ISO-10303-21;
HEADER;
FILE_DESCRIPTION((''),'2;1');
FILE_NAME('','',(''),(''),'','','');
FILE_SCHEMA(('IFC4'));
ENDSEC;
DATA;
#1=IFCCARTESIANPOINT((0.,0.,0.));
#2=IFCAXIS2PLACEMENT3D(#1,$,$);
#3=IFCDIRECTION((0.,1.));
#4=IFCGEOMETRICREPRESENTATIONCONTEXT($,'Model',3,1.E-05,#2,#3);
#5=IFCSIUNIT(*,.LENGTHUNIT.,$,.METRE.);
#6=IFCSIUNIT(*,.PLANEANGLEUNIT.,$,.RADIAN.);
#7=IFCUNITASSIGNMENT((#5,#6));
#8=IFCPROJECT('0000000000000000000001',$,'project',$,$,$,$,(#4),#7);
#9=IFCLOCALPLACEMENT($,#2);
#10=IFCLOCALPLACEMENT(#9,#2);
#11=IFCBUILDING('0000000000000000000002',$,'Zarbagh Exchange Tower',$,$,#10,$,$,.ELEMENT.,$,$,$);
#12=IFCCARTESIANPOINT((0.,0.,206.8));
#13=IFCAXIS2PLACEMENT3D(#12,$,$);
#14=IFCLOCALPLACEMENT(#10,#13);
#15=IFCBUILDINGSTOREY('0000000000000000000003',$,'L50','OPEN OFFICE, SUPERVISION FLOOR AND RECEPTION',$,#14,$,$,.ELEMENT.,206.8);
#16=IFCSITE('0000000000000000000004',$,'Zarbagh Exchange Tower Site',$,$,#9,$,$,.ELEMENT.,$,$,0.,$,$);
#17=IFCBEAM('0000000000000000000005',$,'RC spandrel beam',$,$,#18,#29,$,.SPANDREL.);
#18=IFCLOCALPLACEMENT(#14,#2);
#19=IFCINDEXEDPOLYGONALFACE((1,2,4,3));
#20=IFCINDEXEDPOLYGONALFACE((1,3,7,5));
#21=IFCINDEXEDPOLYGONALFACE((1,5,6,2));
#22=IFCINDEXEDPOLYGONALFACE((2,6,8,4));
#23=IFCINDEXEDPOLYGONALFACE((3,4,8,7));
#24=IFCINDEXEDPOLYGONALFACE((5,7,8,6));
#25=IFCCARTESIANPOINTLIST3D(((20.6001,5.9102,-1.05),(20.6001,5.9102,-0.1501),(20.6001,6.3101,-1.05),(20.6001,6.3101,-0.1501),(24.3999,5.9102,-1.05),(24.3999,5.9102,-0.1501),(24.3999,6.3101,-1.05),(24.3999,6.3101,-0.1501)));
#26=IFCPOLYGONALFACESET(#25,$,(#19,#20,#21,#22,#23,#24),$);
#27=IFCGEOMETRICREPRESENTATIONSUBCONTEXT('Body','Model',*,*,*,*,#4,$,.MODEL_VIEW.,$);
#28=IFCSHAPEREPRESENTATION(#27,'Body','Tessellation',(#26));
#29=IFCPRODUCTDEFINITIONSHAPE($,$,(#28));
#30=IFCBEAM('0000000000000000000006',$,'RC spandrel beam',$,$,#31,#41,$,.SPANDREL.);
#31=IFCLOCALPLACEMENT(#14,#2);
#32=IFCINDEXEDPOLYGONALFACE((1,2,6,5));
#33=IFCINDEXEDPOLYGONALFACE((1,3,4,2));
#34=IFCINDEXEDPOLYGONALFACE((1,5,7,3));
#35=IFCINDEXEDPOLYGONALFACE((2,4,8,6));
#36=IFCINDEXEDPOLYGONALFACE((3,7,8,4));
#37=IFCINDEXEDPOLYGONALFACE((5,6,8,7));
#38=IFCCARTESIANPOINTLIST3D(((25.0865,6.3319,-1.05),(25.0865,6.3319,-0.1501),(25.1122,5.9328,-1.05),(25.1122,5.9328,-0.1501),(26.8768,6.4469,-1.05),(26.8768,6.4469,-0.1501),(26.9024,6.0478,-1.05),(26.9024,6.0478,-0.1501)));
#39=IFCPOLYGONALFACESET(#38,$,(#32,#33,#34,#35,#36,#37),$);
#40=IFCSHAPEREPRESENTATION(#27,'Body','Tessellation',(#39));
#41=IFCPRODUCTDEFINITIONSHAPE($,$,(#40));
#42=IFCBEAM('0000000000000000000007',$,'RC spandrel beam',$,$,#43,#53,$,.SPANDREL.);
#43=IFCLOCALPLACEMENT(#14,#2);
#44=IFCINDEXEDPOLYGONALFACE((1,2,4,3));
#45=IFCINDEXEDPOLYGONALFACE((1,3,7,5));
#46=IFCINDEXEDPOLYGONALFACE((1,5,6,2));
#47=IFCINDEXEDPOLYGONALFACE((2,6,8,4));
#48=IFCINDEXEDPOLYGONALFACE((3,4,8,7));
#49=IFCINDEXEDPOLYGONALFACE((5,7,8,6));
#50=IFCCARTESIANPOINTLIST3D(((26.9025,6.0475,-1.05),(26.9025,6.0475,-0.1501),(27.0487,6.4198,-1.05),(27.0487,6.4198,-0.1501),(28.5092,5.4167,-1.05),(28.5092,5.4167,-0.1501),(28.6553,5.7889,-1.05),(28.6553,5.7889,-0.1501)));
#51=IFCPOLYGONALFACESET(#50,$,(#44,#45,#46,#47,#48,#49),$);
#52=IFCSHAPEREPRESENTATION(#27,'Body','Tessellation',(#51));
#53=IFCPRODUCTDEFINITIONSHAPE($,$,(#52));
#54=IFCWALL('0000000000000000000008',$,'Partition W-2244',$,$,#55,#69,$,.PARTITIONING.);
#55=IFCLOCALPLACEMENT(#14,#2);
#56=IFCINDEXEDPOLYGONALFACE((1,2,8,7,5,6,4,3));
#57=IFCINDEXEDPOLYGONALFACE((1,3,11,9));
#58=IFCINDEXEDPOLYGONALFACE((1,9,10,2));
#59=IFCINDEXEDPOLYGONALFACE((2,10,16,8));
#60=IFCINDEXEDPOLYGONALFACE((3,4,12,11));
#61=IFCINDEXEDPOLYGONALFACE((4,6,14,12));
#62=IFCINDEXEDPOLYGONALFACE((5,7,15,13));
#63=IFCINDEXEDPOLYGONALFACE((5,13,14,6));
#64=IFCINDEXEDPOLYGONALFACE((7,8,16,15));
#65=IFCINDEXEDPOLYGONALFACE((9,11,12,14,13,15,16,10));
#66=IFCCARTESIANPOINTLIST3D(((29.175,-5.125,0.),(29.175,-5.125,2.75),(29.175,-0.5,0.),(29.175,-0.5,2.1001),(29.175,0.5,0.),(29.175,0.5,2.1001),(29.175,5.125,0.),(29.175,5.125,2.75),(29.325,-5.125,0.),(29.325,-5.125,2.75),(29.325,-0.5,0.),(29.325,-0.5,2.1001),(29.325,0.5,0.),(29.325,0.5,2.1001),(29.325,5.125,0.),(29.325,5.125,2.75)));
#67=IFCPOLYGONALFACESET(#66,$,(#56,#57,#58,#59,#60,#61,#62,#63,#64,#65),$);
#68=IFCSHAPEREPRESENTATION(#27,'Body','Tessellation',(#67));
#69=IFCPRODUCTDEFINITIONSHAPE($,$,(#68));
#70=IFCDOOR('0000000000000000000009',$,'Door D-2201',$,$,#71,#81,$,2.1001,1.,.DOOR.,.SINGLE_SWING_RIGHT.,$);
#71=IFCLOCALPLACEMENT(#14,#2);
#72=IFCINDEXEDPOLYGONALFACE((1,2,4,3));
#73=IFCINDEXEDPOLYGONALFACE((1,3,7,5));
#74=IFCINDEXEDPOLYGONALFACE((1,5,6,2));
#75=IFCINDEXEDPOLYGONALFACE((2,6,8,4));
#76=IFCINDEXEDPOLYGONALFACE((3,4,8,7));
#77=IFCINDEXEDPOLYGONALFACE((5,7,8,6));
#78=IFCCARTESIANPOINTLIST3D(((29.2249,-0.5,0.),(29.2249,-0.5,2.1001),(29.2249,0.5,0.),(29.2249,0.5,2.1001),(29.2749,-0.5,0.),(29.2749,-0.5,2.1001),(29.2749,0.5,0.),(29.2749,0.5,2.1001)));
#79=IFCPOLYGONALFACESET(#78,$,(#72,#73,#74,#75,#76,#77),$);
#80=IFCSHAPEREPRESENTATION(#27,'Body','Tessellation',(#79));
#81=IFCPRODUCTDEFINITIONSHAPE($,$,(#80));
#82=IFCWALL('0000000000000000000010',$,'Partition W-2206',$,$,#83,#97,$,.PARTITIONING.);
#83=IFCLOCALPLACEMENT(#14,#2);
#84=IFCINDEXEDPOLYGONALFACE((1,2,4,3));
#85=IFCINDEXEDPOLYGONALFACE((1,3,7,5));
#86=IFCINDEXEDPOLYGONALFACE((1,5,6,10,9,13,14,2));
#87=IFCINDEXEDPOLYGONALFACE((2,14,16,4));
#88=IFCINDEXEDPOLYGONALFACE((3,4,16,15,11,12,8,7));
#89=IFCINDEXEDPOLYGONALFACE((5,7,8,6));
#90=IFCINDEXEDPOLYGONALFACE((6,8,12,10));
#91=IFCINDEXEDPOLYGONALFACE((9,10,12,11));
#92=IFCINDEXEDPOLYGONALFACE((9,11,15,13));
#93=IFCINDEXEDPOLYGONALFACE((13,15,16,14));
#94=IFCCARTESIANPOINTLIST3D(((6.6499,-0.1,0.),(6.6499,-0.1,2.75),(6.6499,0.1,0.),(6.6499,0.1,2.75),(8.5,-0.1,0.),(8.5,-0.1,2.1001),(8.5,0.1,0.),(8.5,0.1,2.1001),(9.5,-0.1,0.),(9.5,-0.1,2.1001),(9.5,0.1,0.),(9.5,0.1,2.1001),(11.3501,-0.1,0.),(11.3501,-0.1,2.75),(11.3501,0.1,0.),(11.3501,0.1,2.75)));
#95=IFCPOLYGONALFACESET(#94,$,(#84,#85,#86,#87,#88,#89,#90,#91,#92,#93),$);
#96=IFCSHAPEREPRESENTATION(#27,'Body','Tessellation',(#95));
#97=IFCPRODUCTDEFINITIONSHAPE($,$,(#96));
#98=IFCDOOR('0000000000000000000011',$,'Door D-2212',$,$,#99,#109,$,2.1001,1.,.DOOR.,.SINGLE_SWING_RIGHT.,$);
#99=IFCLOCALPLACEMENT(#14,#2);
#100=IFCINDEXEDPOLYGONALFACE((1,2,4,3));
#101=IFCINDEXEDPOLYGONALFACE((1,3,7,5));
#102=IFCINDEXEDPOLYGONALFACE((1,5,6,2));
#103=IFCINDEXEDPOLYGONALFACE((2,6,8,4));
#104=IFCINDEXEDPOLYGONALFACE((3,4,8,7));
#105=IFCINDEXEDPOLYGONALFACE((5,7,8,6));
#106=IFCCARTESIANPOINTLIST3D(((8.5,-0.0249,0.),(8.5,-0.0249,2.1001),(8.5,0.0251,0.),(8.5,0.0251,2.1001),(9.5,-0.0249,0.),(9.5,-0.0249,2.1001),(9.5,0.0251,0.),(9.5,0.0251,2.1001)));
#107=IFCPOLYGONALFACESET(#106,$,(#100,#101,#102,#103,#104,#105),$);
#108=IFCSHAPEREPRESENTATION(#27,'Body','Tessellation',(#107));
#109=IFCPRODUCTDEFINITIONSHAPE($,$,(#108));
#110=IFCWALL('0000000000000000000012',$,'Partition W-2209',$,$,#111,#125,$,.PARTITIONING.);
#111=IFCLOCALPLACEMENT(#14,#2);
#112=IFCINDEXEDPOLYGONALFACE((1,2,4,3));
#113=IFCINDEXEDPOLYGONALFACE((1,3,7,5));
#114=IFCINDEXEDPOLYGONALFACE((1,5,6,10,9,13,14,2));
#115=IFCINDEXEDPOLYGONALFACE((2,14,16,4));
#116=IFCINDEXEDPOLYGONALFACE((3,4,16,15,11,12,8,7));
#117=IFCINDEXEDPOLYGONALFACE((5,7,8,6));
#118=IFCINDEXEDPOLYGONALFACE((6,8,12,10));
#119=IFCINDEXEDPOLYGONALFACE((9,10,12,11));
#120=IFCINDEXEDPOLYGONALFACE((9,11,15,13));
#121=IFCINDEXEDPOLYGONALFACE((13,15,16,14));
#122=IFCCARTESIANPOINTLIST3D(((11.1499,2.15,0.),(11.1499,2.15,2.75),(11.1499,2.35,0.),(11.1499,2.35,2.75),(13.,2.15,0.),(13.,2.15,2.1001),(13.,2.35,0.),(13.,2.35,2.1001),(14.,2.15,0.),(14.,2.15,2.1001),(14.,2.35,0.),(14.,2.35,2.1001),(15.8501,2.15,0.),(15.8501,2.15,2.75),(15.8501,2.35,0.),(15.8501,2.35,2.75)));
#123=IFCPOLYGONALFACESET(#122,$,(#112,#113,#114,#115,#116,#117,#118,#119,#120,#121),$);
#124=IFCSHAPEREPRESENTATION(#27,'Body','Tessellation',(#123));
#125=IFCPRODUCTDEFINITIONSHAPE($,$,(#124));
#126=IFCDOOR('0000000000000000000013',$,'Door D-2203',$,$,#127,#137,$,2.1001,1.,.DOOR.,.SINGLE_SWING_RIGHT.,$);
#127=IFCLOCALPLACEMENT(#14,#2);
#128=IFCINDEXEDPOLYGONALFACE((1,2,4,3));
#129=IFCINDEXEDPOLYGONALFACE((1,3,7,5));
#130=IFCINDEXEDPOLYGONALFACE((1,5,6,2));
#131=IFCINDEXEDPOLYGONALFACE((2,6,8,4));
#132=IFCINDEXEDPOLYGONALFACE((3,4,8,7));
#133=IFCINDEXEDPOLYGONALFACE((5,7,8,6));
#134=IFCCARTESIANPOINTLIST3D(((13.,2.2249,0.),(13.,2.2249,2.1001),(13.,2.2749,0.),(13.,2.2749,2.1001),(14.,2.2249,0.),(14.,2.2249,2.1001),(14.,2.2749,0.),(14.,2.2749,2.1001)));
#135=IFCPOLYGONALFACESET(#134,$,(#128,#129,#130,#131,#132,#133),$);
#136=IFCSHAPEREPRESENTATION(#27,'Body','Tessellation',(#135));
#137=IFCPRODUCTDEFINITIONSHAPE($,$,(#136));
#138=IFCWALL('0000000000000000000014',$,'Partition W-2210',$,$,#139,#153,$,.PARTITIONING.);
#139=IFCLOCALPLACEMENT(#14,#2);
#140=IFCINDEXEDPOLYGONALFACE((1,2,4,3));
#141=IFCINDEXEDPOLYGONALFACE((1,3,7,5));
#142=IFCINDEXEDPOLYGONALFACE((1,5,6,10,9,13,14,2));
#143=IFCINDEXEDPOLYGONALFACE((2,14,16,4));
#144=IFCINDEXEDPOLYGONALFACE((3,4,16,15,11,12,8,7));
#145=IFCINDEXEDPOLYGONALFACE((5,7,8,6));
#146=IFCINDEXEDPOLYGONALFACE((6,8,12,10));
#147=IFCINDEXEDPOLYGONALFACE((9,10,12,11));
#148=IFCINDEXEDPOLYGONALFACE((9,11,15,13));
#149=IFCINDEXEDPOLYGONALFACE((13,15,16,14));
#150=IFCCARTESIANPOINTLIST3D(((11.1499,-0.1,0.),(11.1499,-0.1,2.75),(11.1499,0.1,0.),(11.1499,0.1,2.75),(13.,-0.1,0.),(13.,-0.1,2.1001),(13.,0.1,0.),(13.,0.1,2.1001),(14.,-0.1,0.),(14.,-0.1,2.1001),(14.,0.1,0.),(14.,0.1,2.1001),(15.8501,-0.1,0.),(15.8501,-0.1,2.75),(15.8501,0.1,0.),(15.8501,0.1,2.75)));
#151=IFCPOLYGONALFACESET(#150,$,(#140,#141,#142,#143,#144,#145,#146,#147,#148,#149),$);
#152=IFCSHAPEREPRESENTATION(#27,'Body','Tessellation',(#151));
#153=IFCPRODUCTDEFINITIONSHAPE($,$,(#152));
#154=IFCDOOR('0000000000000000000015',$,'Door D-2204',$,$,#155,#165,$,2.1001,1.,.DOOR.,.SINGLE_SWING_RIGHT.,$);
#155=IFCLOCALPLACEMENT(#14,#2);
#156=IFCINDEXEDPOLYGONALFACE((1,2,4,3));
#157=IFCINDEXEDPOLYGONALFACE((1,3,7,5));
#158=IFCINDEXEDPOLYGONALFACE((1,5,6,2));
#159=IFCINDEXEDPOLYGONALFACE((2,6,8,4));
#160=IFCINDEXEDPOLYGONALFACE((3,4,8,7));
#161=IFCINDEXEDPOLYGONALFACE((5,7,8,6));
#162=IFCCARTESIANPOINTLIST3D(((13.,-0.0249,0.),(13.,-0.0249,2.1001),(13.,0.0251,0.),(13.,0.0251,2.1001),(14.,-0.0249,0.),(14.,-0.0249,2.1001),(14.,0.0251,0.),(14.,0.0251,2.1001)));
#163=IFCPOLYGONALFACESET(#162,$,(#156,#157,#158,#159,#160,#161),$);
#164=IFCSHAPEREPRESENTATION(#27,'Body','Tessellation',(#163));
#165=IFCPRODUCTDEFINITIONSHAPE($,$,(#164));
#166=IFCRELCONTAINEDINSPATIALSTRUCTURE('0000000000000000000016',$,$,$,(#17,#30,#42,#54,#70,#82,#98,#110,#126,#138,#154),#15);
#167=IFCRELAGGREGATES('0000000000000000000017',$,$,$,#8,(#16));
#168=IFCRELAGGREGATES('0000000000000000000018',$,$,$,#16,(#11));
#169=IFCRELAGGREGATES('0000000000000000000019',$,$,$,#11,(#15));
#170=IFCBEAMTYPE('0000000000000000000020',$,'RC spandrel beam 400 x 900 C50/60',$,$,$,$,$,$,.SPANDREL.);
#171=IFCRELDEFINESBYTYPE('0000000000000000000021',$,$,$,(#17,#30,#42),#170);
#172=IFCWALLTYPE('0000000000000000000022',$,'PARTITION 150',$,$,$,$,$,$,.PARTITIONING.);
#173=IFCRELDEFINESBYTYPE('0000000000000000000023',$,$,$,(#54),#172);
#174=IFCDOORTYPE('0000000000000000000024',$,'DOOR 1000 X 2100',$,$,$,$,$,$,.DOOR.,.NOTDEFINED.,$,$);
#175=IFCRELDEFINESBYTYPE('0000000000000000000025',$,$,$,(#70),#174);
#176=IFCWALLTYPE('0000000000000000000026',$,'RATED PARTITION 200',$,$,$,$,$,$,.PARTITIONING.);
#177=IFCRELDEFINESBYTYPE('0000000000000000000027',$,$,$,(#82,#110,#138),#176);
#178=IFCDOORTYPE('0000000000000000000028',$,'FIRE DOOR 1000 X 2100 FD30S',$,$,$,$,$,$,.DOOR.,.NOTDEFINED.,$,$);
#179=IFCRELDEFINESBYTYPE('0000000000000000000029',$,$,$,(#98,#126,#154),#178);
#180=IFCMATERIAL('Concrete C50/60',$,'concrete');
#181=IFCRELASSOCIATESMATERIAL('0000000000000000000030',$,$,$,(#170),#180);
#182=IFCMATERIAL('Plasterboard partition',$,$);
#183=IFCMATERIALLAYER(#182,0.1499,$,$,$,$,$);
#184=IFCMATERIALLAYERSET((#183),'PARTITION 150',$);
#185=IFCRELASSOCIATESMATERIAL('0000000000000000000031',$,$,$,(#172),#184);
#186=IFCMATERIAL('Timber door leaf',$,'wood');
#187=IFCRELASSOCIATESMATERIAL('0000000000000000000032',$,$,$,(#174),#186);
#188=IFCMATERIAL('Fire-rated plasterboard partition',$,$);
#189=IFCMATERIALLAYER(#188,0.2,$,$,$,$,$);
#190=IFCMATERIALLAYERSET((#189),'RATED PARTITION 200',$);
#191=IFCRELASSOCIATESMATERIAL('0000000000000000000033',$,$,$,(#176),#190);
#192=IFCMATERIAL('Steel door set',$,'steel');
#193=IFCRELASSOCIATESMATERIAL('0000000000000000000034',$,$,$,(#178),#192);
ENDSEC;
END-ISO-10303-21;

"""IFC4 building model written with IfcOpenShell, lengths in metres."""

from ifc_helpers import new_model, si_unit, direction, frame, frame_2d, origin, origin_2d, place, context, subcontext, project, spatial, rectangle, extrude, material, layer, layer_set, material_profile, profile_set, type_object, element, fill, save


model = new_model("IFC4")

# Units and contexts
model_context = context("Model", 3, precision=1e-05, world=origin(), true_north=direction((0.0, 1.0)))
body_context = subcontext(model_context, "Body", "Model", "MODEL_VIEW")
ifc_project = project(units=[si_unit("LENGTHUNIT", "METRE"), si_unit("PLANEANGLEUNIT", "RADIAN")], contexts=[model_context])

# Site, building, storey
site_placement = place(None, origin())
site = spatial("IfcSite", under=ifc_project, at=site_placement, Name="Zarbagh Exchange Tower Site", CompositionType="ELEMENT", RefElevation=0.0)
building_placement = place(site_placement, origin())
building = spatial("IfcBuilding", under=site, at=building_placement, Name="Zarbagh Exchange Tower", CompositionType="ELEMENT")
storey_placement = place(building_placement, frame((0.0, 0.0, 206.8)))
storey = spatial("IfcBuildingStorey", under=building, at=storey_placement, Name="L50", Description="OPEN OFFICE, SUPERVISION FLOOR AND RECEPTION", CompositionType="ELEMENT", Elevation=206.8)

# Shared definitions
ifc_material_1 = material(Name="Concrete C50/60", Category="concrete")

# Beams
ifc_material_profile_1 = material_profile(ifc_material_1, rectangle(XDim=0.3999, YDim=0.8999, at=origin_2d()), Name="RC spandrel beam 400 x 900 C50/60")
ifc_profile_set_1 = profile_set([ifc_material_profile_1], Name="Concrete C50/60")
beam_type_1 = type_object("IfcBeamType", Name="RC spandrel beam 400 x 900 C50/60", PredefinedType="SPANDREL", material=ifc_profile_set_1)
beam_1_placement = place(storey_placement, frame((20.6001, 6.1101, -0.6001), z_axis=(1.0, 0.0, 0.0), x_axis=(0.0, 1.0, 0.0)))
element("IfcBeam", 1, at=beam_1_placement, inside=storey, type_object=beam_type_1, Name="RC spandrel beam", PredefinedType="SPANDREL", context=body_context, shape_type="SweptSolid", body=[
    extrude(rectangle(XDim=0.3999, YDim=0.8999, at=origin_2d()), origin(), (0.0, 0.0, 1.0), 3.7998),
])
beam_2_placement = place(storey_placement, frame((25.0994, 6.1323, -0.6001), z_axis=(0.997944, 0.064098, 0.0), x_axis=(-0.064098, 0.997944, 0.0)))
element("IfcBeam", 2, at=beam_2_placement, inside=storey, type_object=beam_type_1, Name="RC spandrel beam", PredefinedType="SPANDREL", context=body_context, shape_type="SweptSolid", body=[
    extrude(rectangle(XDim=0.3999, YDim=0.8999, at=origin_2d()), origin(), (0.0, 0.0, 1.0), 1.7939),
])
beam_3_placement = place(storey_placement, frame((26.9756, 6.2336, -0.6001), z_axis=(0.930819, -0.365482, 0.0), x_axis=(0.365482, 0.930819, 0.0)))
element("IfcBeam", 3, at=beam_3_placement, inside=storey, type_object=beam_type_1, Name="RC spandrel beam", PredefinedType="SPANDREL", context=body_context, shape_type="SweptSolid", body=[
    extrude(rectangle(XDim=0.3999, YDim=0.8999, at=origin_2d()), origin(), (0.0, 0.0, 1.0), 1.7261),
])

# Walls, openings, doors
ifc_material_2 = material(Name="Plasterboard partition")
ifc_layer_1 = layer(ifc_material_2, 0.1499)
ifc_layer_set_1 = layer_set([ifc_layer_1], Name="PARTITION 150")
wall_type_1 = type_object("IfcWallType", Name="PARTITION 150", PredefinedType="PARTITIONING", material=ifc_layer_set_1)
wall_1_placement = place(storey_placement, frame((29.25, 5.125, 0.0), z_axis=(0.0, 0.0, 1.0), x_axis=(0.0, -1.0, 0.0)))
wall_1 = element("IfcWall", 4, at=wall_1_placement, inside=storey, type_object=wall_type_1, Name="Partition W-2244", PredefinedType="PARTITIONING", context=body_context, shape_type="SweptSolid", body=[
    extrude(rectangle(XDim=10.25, YDim=0.1499, at=frame_2d((5.125, 0.0))), origin(), (0.0, 0.0, 1.0), 2.75),
])
opening_1_placement = place(wall_1_placement, frame((4.625, 0.0, 0.0)))
opening_1 = element("IfcOpeningElement", 5, at=opening_1_placement, cuts=wall_1, PredefinedType="OPENING", context=body_context, shape_type="SweptSolid", body=[
    extrude(rectangle(XDim=1.0, YDim=2.1001, at=frame_2d((0.5, 1.05))), frame((0.0, 0.085, 0.0), z_axis=(0.0, -1.0, 0.0), x_axis=(1.0, 0.0, 0.0)), (0.0, 0.0, 1.0), 0.1699),
])
ifc_material_3 = material(Name="Timber door leaf", Category="wood")
door_type_1 = type_object("IfcDoorType", Name="DOOR 1000 X 2100", OperationType="NOTDEFINED", PredefinedType="DOOR", material=ifc_material_3)
door_1_placement = place(opening_1_placement, origin())
door_1 = element("IfcDoor", 6, at=door_1_placement, inside=storey, type_object=door_type_1, Name="Door D-2201", OperationType="SINGLE_SWING_RIGHT", OverallHeight=2.1001, OverallWidth=1.0, PredefinedType="DOOR", context=body_context, shape_type="SweptSolid", body=[
    extrude(rectangle(XDim=1.0, YDim=2.1001, at=frame_2d((0.5, 1.05))), frame((0.0, 0.0249, 0.0), z_axis=(0.0, -1.0, 0.0), x_axis=(1.0, 0.0, 0.0)), (0.0, 0.0, 1.0), 0.05),
])
fill(opening_1, door_1)
ifc_material_4 = material(Name="Fire-rated plasterboard partition")
ifc_layer_2 = layer(ifc_material_4, 0.2)
ifc_layer_set_2 = layer_set([ifc_layer_2], Name="RATED PARTITION 200")
wall_type_2 = type_object("IfcWallType", Name="RATED PARTITION 200", PredefinedType="PARTITIONING", material=ifc_layer_set_2)
wall_2_placement = place(storey_placement, frame((11.3501, 0.0, 0.0), z_axis=(0.0, 0.0, 1.0), x_axis=(-1.0, 0.0, 0.0)))
wall_2 = element("IfcWall", 7, at=wall_2_placement, inside=storey, type_object=wall_type_2, Name="Partition W-2206", PredefinedType="PARTITIONING", context=body_context, shape_type="SweptSolid", body=[
    extrude(rectangle(XDim=4.7002, YDim=0.2, at=frame_2d((2.3501, 0.0))), origin(), (0.0, 0.0, 1.0), 2.75),
])
opening_2_placement = place(wall_2_placement, frame((1.8501, 0.0, 0.0)))
opening_2 = element("IfcOpeningElement", 8, at=opening_2_placement, cuts=wall_2, PredefinedType="OPENING", context=body_context, shape_type="SweptSolid", body=[
    extrude(rectangle(XDim=1.0, YDim=2.1001, at=frame_2d((0.5, 1.05))), frame((0.0, 0.1099, 0.0), z_axis=(0.0, -1.0, 0.0), x_axis=(1.0, 0.0, 0.0)), (0.0, 0.0, 1.0), 0.22),
])
ifc_material_5 = material(Name="Steel door set", Category="steel")
door_type_2 = type_object("IfcDoorType", Name="FIRE DOOR 1000 X 2100 FD30S", OperationType="NOTDEFINED", PredefinedType="DOOR", material=ifc_material_5)
door_2_placement = place(opening_2_placement, origin())
door_2 = element("IfcDoor", 9, at=door_2_placement, inside=storey, type_object=door_type_2, Name="Door D-2212", OperationType="SINGLE_SWING_RIGHT", OverallHeight=2.1001, OverallWidth=1.0, PredefinedType="DOOR", context=body_context, shape_type="SweptSolid", body=[
    extrude(rectangle(XDim=1.0, YDim=2.1001, at=frame_2d((0.5, 1.05))), frame((0.0, 0.0249, 0.0), z_axis=(0.0, -1.0, 0.0), x_axis=(1.0, 0.0, 0.0)), (0.0, 0.0, 1.0), 0.05),
])
fill(opening_2, door_2)
wall_3_placement = place(storey_placement, frame((11.1499, 2.25, 0.0), z_axis=(0.0, 0.0, 1.0), x_axis=(1.0, 0.0, 0.0)))
wall_3 = element("IfcWall", 10, at=wall_3_placement, inside=storey, type_object=wall_type_2, Name="Partition W-2209", PredefinedType="PARTITIONING", context=body_context, shape_type="SweptSolid", body=[
    extrude(rectangle(XDim=4.7002, YDim=0.2, at=frame_2d((2.3501, 0.0))), origin(), (0.0, 0.0, 1.0), 2.75),
])
opening_3_placement = place(wall_3_placement, frame((1.8501, 0.0, 0.0)))
opening_3 = element("IfcOpeningElement", 11, at=opening_3_placement, cuts=wall_3, PredefinedType="OPENING", context=body_context, shape_type="SweptSolid", body=[
    extrude(rectangle(XDim=1.0, YDim=2.1001, at=frame_2d((0.5, 1.05))), frame((0.0, 0.1099, 0.0), z_axis=(0.0, -1.0, 0.0), x_axis=(1.0, 0.0, 0.0)), (0.0, 0.0, 1.0), 0.22),
])
door_3_placement = place(opening_3_placement, origin())
door_3 = element("IfcDoor", 12, at=door_3_placement, inside=storey, type_object=door_type_2, Name="Door D-2203", OperationType="SINGLE_SWING_RIGHT", OverallHeight=2.1001, OverallWidth=1.0, PredefinedType="DOOR", context=body_context, shape_type="SweptSolid", body=[
    extrude(rectangle(XDim=1.0, YDim=2.1001, at=frame_2d((0.5, 1.05))), frame((0.0, 0.0249, 0.0), z_axis=(0.0, -1.0, 0.0), x_axis=(1.0, 0.0, 0.0)), (0.0, 0.0, 1.0), 0.05),
])
fill(opening_3, door_3)
wall_4_placement = place(storey_placement, frame((15.8501, 0.0, 0.0), z_axis=(0.0, 0.0, 1.0), x_axis=(-1.0, 0.0, 0.0)))
wall_4 = element("IfcWall", 13, at=wall_4_placement, inside=storey, type_object=wall_type_2, Name="Partition W-2210", PredefinedType="PARTITIONING", context=body_context, shape_type="SweptSolid", body=[
    extrude(rectangle(XDim=4.7002, YDim=0.2, at=frame_2d((2.3501, 0.0))), origin(), (0.0, 0.0, 1.0), 2.75),
])
opening_4_placement = place(wall_4_placement, frame((1.8501, 0.0, 0.0)))
opening_4 = element("IfcOpeningElement", 14, at=opening_4_placement, cuts=wall_4, PredefinedType="OPENING", context=body_context, shape_type="SweptSolid", body=[
    extrude(rectangle(XDim=1.0, YDim=2.1001, at=frame_2d((0.5, 1.05))), frame((0.0, 0.1099, 0.0), z_axis=(0.0, -1.0, 0.0), x_axis=(1.0, 0.0, 0.0)), (0.0, 0.0, 1.0), 0.22),
])
door_4_placement = place(opening_4_placement, origin())
door_4 = element("IfcDoor", 15, at=door_4_placement, inside=storey, type_object=door_type_2, Name="Door D-2204", OperationType="SINGLE_SWING_RIGHT", OverallHeight=2.1001, OverallWidth=1.0, PredefinedType="DOOR", context=body_context, shape_type="SweptSolid", body=[
    extrude(rectangle(XDim=1.0, YDim=2.1001, at=frame_2d((0.5, 1.05))), frame((0.0, 0.0249, 0.0), z_axis=(0.0, -1.0, 0.0), x_axis=(1.0, 0.0, 0.0)), (0.0, 0.0, 1.0), 0.05),
])
fill(opening_4, door_4)

save(model, "model.ifc")
